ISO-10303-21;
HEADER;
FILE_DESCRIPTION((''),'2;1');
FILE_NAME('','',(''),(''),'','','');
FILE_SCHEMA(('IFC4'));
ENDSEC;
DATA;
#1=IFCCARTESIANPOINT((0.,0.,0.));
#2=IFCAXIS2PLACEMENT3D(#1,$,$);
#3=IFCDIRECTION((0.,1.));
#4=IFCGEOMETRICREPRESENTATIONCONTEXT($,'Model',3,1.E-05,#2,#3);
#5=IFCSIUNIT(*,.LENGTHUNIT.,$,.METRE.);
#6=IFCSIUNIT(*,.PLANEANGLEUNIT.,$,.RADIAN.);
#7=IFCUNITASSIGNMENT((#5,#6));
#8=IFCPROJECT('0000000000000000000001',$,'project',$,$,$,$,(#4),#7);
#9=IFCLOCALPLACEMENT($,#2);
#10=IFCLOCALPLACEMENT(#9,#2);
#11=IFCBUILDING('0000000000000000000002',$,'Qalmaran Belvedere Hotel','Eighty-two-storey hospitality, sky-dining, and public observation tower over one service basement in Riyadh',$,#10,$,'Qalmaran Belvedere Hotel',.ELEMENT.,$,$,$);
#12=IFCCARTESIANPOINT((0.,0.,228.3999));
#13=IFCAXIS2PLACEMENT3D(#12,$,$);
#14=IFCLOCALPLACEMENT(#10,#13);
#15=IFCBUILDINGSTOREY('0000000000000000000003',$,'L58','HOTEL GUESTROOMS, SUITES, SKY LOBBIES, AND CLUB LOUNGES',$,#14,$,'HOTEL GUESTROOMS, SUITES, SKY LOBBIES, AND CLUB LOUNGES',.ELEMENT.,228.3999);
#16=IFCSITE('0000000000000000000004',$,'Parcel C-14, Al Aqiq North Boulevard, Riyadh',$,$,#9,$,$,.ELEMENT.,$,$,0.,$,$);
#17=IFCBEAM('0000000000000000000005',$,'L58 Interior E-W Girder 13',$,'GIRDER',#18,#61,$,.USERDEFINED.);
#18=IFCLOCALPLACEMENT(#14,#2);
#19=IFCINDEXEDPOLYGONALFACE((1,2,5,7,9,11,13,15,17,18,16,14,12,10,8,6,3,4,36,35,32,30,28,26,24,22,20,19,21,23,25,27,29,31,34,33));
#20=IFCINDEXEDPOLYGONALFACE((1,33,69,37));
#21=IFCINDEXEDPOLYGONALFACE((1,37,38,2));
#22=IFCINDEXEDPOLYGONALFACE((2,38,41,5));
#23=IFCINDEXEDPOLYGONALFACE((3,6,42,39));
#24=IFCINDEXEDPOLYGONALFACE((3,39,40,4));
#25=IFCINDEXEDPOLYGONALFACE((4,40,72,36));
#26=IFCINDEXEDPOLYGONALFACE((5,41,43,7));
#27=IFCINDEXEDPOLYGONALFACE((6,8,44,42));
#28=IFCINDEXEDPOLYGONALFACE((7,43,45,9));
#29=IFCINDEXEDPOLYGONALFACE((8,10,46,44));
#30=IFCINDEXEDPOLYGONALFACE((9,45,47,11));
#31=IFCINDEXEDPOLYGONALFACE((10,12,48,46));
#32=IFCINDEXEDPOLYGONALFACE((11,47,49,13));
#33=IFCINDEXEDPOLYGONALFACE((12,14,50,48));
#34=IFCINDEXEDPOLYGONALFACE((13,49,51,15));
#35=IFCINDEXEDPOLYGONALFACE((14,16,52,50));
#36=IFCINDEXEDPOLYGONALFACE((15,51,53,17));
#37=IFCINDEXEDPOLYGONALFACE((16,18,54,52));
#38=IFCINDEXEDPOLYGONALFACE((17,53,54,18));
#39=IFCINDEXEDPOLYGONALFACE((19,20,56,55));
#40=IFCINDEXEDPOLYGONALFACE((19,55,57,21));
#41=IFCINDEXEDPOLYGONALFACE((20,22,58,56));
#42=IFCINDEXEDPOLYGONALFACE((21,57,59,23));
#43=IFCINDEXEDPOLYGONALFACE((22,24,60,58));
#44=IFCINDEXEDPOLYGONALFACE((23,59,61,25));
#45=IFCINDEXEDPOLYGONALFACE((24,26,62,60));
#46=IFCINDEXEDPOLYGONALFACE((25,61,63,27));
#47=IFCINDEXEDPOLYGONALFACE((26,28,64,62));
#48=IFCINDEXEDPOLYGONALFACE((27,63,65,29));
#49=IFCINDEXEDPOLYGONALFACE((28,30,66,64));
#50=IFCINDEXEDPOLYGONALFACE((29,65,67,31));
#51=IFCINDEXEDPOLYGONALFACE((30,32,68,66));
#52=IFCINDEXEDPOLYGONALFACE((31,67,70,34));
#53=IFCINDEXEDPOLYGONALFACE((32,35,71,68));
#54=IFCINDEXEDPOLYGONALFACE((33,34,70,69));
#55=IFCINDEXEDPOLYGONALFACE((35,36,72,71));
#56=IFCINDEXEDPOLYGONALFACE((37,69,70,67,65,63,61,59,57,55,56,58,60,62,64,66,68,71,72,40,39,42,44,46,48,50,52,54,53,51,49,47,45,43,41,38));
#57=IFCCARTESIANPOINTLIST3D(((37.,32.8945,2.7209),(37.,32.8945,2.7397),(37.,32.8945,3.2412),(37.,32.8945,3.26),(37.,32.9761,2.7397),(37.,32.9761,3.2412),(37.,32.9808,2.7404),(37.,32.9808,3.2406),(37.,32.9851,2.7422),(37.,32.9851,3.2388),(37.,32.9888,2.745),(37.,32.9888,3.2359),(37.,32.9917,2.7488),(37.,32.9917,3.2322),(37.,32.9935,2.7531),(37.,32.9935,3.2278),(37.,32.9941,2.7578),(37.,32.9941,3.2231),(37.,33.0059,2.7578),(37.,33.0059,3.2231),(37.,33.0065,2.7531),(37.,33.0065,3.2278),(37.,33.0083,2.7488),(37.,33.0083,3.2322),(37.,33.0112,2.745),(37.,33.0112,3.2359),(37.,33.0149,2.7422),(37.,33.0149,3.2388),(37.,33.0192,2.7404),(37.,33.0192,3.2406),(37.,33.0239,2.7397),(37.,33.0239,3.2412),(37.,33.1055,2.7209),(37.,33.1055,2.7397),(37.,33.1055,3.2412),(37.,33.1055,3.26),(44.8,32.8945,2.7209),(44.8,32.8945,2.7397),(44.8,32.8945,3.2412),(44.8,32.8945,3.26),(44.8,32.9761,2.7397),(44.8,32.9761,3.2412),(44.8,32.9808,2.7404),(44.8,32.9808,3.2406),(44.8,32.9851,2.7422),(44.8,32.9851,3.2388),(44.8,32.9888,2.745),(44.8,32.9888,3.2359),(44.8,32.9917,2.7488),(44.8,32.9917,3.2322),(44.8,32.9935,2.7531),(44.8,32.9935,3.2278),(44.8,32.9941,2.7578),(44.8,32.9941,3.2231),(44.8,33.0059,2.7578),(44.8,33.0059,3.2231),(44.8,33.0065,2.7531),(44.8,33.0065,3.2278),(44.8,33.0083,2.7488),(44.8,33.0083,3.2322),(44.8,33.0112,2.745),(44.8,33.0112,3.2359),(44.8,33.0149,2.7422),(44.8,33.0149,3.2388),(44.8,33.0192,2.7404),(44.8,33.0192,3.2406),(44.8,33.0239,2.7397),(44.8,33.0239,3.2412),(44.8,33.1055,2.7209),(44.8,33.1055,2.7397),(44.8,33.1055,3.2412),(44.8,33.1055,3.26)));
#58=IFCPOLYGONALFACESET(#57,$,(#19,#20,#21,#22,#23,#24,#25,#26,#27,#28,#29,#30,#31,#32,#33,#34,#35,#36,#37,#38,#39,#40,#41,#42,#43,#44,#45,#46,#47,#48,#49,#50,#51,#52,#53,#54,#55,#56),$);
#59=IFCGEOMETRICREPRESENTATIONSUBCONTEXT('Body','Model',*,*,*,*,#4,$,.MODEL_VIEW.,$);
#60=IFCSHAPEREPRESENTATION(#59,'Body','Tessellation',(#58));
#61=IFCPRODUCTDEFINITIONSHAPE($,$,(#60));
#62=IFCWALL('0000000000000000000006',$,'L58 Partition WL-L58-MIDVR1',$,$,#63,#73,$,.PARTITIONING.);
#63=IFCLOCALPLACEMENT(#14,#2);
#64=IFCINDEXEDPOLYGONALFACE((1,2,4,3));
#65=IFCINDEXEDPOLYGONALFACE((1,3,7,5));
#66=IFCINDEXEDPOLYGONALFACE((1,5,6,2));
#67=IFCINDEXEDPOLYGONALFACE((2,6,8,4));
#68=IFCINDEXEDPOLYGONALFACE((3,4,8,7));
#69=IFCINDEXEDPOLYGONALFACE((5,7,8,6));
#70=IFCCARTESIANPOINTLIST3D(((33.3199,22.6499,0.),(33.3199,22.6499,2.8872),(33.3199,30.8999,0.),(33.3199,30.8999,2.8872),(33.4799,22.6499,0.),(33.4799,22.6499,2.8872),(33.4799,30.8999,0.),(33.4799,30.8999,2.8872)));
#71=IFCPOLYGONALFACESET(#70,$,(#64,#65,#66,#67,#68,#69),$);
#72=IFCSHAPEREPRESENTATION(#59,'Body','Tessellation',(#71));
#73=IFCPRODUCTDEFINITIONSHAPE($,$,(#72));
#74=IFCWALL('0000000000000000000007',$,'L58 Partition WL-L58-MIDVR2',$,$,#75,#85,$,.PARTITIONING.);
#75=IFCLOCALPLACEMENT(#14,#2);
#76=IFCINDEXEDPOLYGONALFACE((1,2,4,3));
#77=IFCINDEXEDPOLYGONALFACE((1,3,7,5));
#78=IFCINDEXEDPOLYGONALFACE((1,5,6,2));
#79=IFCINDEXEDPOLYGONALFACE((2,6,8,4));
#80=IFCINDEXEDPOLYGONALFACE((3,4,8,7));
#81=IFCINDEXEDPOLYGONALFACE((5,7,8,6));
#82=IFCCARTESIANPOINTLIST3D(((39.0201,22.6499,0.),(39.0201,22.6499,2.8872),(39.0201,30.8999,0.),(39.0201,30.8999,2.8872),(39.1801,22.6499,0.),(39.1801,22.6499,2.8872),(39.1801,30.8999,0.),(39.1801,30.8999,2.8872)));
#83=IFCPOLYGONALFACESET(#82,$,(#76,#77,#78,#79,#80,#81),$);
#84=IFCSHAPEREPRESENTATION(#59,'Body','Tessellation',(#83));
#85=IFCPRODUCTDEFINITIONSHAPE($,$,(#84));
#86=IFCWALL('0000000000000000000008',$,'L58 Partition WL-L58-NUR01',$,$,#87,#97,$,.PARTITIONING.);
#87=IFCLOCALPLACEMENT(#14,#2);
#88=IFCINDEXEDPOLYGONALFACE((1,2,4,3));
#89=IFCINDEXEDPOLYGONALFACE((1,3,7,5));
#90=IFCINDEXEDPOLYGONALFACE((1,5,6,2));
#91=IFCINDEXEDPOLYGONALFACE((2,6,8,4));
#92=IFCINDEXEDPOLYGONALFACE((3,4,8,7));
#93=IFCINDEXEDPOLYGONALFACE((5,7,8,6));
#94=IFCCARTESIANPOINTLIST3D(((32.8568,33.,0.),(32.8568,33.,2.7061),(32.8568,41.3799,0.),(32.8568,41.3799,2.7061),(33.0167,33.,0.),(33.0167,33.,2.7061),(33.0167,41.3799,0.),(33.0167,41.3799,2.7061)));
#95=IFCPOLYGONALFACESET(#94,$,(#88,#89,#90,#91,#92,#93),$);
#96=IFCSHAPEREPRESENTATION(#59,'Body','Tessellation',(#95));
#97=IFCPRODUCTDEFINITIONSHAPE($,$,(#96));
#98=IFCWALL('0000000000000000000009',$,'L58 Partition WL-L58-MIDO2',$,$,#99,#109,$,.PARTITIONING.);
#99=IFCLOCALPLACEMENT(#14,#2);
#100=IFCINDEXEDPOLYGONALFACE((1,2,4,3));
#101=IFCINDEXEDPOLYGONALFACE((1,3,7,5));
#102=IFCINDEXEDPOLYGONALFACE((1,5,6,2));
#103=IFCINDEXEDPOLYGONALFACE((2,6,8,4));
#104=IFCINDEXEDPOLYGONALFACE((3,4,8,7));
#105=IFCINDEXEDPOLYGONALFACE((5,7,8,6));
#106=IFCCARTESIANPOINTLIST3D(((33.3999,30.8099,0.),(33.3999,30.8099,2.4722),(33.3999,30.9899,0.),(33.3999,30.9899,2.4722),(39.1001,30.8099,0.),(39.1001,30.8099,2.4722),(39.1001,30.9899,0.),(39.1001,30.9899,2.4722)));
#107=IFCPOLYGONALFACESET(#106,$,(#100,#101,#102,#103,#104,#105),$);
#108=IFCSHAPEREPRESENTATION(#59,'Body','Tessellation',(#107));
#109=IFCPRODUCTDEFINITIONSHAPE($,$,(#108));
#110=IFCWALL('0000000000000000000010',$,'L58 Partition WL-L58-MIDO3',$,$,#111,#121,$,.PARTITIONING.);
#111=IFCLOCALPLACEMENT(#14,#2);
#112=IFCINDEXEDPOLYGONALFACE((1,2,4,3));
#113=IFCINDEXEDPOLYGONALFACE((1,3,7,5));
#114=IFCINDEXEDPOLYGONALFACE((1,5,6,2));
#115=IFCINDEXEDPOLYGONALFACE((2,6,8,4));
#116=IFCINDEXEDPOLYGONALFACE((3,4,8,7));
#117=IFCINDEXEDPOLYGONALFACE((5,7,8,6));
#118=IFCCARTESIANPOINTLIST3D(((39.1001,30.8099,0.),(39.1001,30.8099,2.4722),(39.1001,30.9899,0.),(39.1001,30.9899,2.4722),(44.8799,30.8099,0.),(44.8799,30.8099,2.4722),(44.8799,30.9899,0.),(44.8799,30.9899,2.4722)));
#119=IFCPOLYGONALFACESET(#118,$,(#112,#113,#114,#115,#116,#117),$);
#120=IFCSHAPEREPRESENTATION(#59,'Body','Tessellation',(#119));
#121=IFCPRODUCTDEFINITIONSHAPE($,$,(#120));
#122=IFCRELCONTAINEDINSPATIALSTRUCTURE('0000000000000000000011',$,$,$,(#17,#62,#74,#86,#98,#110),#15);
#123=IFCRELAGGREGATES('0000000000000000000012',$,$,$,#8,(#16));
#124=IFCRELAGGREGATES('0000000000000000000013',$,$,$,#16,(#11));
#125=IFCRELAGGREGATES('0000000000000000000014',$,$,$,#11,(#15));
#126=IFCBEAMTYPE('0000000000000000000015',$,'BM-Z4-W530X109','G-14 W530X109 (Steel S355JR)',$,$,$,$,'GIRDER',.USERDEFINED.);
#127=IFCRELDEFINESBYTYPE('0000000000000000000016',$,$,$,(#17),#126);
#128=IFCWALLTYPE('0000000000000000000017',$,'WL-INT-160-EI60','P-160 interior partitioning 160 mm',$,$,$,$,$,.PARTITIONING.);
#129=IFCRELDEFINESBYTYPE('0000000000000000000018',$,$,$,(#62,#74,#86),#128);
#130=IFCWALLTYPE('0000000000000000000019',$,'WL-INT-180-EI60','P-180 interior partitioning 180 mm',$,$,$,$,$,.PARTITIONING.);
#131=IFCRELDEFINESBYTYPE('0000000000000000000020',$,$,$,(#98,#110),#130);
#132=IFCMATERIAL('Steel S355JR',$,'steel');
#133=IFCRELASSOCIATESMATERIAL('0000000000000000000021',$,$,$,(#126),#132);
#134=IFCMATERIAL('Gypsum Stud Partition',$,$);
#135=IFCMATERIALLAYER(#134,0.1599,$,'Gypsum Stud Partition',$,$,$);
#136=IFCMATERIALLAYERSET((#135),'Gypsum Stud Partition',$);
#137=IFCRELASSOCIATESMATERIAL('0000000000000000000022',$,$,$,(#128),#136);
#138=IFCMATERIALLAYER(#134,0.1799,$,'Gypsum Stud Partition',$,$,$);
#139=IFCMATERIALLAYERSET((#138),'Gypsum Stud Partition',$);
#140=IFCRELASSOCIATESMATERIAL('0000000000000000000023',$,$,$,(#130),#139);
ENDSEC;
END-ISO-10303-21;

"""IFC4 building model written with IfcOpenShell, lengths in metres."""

from ifc_helpers import new_model, si_unit, direction, frame, frame_2d, origin, origin_2d, place, context, subcontext, project, spatial, rectangle, i_section, extrude, material, layer, layer_set, material_profile, profile_set, type_object, element, save


model = new_model("IFC4")

# Units and contexts
model_context = context("Model", 3, precision=1e-05, world=origin(), true_north=direction((0.0, 1.0)))
body_context = subcontext(model_context, "Body", "Model", "MODEL_VIEW")
ifc_project = project(units=[si_unit("LENGTHUNIT", "METRE"), si_unit("PLANEANGLEUNIT", "RADIAN")], contexts=[model_context])

# Site, building, storey
site_placement = place(None, origin())
site = spatial("IfcSite", under=ifc_project, at=site_placement, Name="Parcel C-14, Al Aqiq North Boulevard, Riyadh", CompositionType="ELEMENT", RefElevation=0.0)
building_placement = place(site_placement, origin())
building = spatial("IfcBuilding", under=site, at=building_placement, Name="Qalmaran Belvedere Hotel", Description="Eighty-two-storey hospitality, sky-dining, and public observation tower over one service basement in Riyadh", LongName="Qalmaran Belvedere Hotel", CompositionType="ELEMENT")
storey_placement = place(building_placement, frame((0.0, 0.0, 228.3999)))
storey = spatial("IfcBuildingStorey", under=building, at=storey_placement, Name="L58", Description="HOTEL GUESTROOMS, SUITES, SKY LOBBIES, AND CLUB LOUNGES", LongName="HOTEL GUESTROOMS, SUITES, SKY LOBBIES, AND CLUB LOUNGES", CompositionType="ELEMENT", Elevation=228.3999)

# Beam
ifc_material_1 = material(Name="Steel S355JR", Category="steel")
ifc_material_profile_1 = material_profile(ifc_material_1, i_section(OverallWidth=0.2109, OverallDepth=0.5391, WebThickness=0.0117, FlangeThickness=0.0188, FilletRadius=0.0181, at=origin_2d()), Name="W530X109")
ifc_profile_set_1 = profile_set([ifc_material_profile_1], Name="Steel S355JR")
beam_type_1 = type_object("IfcBeamType", Name="BM-Z4-W530X109", Description="G-14 W530X109 (Steel S355JR)", ElementType="GIRDER", PredefinedType="USERDEFINED", material=ifc_profile_set_1)
for number, where, z_axis, x_axis, name in (
    (1, (37.0, 33.0, 2.9905), (1.0, 0.0, 0.0), (0.0, 1.0, 0.0), "L58 Interior E-W Girder 13"),
):
    element("IfcBeam", number, at=place(storey_placement, frame(where, z_axis=z_axis, x_axis=x_axis)), inside=storey, type_object=beam_type_1, Name=name, ObjectType="GIRDER", PredefinedType="USERDEFINED", context=body_context, shape_type="SweptSolid", body=[
        extrude(i_section(OverallWidth=0.2109, OverallDepth=0.5391, WebThickness=0.0117, FlangeThickness=0.0188, FilletRadius=0.0181, at=origin_2d()), origin(), (0.0, 0.0, 1.0), 7.8),
    ])

# Walls
ifc_material_2 = material(Name="Gypsum Stud Partition")
ifc_layer_1 = layer(ifc_material_2, 0.1599, Name="Gypsum Stud Partition")
ifc_layer_set_1 = layer_set([ifc_layer_1], Name="Gypsum Stud Partition")
wall_type_1 = type_object("IfcWallType", Name="WL-INT-160-EI60", Description="P-160 interior partitioning 160 mm", PredefinedType="PARTITIONING", material=ifc_layer_set_1)
for number, where, z_axis, x_axis, name in (
    (2, (33.3999, 22.6499, 0.0), (0.0, 0.0, 1.0), (0.0, 1.0, 0.0), "L58 Partition WL-L58-MIDVR1"),
    (3, (39.1001, 22.6499, 0.0), (0.0, 0.0, 1.0), (0.0, 1.0, 0.0), "L58 Partition WL-L58-MIDVR2"),
):
    element("IfcWall", number, at=place(storey_placement, frame(where, z_axis=z_axis, x_axis=x_axis)), inside=storey, type_object=wall_type_1, Name=name, PredefinedType="PARTITIONING", context=body_context, shape_type="SweptSolid", body=[
        extrude(rectangle(XDim=8.25, YDim=0.1599, at=frame_2d((4.125, 0.0))), origin(), (0.0, 0.0, 1.0), 2.8872),
    ])
wall_1_placement = place(storey_placement, frame((32.9368, 33.0, 0.0), z_axis=(0.0, 0.0, 1.0), x_axis=(0.0, 1.0, 0.0)))
element("IfcWall", 4, at=wall_1_placement, inside=storey, type_object=wall_type_1, Name="L58 Partition WL-L58-NUR01", PredefinedType="PARTITIONING", context=body_context, shape_type="SweptSolid", body=[
    extrude(rectangle(XDim=8.3799, YDim=0.1599, at=frame_2d((4.1899, 0.0))), origin(), (0.0, 0.0, 1.0), 2.7061),
])

# Shared definitions
ifc_layer_2 = layer(ifc_material_2, 0.1799, Name="Gypsum Stud Partition")
ifc_layer_set_2 = layer_set([ifc_layer_2], Name="Gypsum Stud Partition")
wall_type_2 = type_object("IfcWallType", Name="WL-INT-180-EI60", Description="P-180 interior partitioning 180 mm", PredefinedType="PARTITIONING", material=ifc_layer_set_2)

# Wall
wall_2_placement = place(storey_placement, frame((33.3999, 30.8999, 0.0), z_axis=(0.0, 0.0, 1.0), x_axis=(1.0, 0.0, 0.0)))
element("IfcWall", 5, at=wall_2_placement, inside=storey, type_object=wall_type_2, Name="L58 Partition WL-L58-MIDO2", PredefinedType="PARTITIONING", context=body_context, shape_type="SweptSolid", body=[
    extrude(rectangle(XDim=5.7002, YDim=0.1799, at=frame_2d((2.8501, 0.0))), origin(), (0.0, 0.0, 1.0), 2.4722),
])

# Wall
wall_3_placement = place(storey_placement, frame((39.1001, 30.8999, 0.0), z_axis=(0.0, 0.0, 1.0), x_axis=(1.0, 0.0, 0.0)))
element("IfcWall", 6, at=wall_3_placement, inside=storey, type_object=wall_type_2, Name="L58 Partition WL-L58-MIDO3", PredefinedType="PARTITIONING", context=body_context, shape_type="SweptSolid", body=[
    extrude(rectangle(XDim=5.7798, YDim=0.1799, at=frame_2d((2.8899, 0.0))), origin(), (0.0, 0.0, 1.0), 2.4722),
])

save(model, "model.ifc")
